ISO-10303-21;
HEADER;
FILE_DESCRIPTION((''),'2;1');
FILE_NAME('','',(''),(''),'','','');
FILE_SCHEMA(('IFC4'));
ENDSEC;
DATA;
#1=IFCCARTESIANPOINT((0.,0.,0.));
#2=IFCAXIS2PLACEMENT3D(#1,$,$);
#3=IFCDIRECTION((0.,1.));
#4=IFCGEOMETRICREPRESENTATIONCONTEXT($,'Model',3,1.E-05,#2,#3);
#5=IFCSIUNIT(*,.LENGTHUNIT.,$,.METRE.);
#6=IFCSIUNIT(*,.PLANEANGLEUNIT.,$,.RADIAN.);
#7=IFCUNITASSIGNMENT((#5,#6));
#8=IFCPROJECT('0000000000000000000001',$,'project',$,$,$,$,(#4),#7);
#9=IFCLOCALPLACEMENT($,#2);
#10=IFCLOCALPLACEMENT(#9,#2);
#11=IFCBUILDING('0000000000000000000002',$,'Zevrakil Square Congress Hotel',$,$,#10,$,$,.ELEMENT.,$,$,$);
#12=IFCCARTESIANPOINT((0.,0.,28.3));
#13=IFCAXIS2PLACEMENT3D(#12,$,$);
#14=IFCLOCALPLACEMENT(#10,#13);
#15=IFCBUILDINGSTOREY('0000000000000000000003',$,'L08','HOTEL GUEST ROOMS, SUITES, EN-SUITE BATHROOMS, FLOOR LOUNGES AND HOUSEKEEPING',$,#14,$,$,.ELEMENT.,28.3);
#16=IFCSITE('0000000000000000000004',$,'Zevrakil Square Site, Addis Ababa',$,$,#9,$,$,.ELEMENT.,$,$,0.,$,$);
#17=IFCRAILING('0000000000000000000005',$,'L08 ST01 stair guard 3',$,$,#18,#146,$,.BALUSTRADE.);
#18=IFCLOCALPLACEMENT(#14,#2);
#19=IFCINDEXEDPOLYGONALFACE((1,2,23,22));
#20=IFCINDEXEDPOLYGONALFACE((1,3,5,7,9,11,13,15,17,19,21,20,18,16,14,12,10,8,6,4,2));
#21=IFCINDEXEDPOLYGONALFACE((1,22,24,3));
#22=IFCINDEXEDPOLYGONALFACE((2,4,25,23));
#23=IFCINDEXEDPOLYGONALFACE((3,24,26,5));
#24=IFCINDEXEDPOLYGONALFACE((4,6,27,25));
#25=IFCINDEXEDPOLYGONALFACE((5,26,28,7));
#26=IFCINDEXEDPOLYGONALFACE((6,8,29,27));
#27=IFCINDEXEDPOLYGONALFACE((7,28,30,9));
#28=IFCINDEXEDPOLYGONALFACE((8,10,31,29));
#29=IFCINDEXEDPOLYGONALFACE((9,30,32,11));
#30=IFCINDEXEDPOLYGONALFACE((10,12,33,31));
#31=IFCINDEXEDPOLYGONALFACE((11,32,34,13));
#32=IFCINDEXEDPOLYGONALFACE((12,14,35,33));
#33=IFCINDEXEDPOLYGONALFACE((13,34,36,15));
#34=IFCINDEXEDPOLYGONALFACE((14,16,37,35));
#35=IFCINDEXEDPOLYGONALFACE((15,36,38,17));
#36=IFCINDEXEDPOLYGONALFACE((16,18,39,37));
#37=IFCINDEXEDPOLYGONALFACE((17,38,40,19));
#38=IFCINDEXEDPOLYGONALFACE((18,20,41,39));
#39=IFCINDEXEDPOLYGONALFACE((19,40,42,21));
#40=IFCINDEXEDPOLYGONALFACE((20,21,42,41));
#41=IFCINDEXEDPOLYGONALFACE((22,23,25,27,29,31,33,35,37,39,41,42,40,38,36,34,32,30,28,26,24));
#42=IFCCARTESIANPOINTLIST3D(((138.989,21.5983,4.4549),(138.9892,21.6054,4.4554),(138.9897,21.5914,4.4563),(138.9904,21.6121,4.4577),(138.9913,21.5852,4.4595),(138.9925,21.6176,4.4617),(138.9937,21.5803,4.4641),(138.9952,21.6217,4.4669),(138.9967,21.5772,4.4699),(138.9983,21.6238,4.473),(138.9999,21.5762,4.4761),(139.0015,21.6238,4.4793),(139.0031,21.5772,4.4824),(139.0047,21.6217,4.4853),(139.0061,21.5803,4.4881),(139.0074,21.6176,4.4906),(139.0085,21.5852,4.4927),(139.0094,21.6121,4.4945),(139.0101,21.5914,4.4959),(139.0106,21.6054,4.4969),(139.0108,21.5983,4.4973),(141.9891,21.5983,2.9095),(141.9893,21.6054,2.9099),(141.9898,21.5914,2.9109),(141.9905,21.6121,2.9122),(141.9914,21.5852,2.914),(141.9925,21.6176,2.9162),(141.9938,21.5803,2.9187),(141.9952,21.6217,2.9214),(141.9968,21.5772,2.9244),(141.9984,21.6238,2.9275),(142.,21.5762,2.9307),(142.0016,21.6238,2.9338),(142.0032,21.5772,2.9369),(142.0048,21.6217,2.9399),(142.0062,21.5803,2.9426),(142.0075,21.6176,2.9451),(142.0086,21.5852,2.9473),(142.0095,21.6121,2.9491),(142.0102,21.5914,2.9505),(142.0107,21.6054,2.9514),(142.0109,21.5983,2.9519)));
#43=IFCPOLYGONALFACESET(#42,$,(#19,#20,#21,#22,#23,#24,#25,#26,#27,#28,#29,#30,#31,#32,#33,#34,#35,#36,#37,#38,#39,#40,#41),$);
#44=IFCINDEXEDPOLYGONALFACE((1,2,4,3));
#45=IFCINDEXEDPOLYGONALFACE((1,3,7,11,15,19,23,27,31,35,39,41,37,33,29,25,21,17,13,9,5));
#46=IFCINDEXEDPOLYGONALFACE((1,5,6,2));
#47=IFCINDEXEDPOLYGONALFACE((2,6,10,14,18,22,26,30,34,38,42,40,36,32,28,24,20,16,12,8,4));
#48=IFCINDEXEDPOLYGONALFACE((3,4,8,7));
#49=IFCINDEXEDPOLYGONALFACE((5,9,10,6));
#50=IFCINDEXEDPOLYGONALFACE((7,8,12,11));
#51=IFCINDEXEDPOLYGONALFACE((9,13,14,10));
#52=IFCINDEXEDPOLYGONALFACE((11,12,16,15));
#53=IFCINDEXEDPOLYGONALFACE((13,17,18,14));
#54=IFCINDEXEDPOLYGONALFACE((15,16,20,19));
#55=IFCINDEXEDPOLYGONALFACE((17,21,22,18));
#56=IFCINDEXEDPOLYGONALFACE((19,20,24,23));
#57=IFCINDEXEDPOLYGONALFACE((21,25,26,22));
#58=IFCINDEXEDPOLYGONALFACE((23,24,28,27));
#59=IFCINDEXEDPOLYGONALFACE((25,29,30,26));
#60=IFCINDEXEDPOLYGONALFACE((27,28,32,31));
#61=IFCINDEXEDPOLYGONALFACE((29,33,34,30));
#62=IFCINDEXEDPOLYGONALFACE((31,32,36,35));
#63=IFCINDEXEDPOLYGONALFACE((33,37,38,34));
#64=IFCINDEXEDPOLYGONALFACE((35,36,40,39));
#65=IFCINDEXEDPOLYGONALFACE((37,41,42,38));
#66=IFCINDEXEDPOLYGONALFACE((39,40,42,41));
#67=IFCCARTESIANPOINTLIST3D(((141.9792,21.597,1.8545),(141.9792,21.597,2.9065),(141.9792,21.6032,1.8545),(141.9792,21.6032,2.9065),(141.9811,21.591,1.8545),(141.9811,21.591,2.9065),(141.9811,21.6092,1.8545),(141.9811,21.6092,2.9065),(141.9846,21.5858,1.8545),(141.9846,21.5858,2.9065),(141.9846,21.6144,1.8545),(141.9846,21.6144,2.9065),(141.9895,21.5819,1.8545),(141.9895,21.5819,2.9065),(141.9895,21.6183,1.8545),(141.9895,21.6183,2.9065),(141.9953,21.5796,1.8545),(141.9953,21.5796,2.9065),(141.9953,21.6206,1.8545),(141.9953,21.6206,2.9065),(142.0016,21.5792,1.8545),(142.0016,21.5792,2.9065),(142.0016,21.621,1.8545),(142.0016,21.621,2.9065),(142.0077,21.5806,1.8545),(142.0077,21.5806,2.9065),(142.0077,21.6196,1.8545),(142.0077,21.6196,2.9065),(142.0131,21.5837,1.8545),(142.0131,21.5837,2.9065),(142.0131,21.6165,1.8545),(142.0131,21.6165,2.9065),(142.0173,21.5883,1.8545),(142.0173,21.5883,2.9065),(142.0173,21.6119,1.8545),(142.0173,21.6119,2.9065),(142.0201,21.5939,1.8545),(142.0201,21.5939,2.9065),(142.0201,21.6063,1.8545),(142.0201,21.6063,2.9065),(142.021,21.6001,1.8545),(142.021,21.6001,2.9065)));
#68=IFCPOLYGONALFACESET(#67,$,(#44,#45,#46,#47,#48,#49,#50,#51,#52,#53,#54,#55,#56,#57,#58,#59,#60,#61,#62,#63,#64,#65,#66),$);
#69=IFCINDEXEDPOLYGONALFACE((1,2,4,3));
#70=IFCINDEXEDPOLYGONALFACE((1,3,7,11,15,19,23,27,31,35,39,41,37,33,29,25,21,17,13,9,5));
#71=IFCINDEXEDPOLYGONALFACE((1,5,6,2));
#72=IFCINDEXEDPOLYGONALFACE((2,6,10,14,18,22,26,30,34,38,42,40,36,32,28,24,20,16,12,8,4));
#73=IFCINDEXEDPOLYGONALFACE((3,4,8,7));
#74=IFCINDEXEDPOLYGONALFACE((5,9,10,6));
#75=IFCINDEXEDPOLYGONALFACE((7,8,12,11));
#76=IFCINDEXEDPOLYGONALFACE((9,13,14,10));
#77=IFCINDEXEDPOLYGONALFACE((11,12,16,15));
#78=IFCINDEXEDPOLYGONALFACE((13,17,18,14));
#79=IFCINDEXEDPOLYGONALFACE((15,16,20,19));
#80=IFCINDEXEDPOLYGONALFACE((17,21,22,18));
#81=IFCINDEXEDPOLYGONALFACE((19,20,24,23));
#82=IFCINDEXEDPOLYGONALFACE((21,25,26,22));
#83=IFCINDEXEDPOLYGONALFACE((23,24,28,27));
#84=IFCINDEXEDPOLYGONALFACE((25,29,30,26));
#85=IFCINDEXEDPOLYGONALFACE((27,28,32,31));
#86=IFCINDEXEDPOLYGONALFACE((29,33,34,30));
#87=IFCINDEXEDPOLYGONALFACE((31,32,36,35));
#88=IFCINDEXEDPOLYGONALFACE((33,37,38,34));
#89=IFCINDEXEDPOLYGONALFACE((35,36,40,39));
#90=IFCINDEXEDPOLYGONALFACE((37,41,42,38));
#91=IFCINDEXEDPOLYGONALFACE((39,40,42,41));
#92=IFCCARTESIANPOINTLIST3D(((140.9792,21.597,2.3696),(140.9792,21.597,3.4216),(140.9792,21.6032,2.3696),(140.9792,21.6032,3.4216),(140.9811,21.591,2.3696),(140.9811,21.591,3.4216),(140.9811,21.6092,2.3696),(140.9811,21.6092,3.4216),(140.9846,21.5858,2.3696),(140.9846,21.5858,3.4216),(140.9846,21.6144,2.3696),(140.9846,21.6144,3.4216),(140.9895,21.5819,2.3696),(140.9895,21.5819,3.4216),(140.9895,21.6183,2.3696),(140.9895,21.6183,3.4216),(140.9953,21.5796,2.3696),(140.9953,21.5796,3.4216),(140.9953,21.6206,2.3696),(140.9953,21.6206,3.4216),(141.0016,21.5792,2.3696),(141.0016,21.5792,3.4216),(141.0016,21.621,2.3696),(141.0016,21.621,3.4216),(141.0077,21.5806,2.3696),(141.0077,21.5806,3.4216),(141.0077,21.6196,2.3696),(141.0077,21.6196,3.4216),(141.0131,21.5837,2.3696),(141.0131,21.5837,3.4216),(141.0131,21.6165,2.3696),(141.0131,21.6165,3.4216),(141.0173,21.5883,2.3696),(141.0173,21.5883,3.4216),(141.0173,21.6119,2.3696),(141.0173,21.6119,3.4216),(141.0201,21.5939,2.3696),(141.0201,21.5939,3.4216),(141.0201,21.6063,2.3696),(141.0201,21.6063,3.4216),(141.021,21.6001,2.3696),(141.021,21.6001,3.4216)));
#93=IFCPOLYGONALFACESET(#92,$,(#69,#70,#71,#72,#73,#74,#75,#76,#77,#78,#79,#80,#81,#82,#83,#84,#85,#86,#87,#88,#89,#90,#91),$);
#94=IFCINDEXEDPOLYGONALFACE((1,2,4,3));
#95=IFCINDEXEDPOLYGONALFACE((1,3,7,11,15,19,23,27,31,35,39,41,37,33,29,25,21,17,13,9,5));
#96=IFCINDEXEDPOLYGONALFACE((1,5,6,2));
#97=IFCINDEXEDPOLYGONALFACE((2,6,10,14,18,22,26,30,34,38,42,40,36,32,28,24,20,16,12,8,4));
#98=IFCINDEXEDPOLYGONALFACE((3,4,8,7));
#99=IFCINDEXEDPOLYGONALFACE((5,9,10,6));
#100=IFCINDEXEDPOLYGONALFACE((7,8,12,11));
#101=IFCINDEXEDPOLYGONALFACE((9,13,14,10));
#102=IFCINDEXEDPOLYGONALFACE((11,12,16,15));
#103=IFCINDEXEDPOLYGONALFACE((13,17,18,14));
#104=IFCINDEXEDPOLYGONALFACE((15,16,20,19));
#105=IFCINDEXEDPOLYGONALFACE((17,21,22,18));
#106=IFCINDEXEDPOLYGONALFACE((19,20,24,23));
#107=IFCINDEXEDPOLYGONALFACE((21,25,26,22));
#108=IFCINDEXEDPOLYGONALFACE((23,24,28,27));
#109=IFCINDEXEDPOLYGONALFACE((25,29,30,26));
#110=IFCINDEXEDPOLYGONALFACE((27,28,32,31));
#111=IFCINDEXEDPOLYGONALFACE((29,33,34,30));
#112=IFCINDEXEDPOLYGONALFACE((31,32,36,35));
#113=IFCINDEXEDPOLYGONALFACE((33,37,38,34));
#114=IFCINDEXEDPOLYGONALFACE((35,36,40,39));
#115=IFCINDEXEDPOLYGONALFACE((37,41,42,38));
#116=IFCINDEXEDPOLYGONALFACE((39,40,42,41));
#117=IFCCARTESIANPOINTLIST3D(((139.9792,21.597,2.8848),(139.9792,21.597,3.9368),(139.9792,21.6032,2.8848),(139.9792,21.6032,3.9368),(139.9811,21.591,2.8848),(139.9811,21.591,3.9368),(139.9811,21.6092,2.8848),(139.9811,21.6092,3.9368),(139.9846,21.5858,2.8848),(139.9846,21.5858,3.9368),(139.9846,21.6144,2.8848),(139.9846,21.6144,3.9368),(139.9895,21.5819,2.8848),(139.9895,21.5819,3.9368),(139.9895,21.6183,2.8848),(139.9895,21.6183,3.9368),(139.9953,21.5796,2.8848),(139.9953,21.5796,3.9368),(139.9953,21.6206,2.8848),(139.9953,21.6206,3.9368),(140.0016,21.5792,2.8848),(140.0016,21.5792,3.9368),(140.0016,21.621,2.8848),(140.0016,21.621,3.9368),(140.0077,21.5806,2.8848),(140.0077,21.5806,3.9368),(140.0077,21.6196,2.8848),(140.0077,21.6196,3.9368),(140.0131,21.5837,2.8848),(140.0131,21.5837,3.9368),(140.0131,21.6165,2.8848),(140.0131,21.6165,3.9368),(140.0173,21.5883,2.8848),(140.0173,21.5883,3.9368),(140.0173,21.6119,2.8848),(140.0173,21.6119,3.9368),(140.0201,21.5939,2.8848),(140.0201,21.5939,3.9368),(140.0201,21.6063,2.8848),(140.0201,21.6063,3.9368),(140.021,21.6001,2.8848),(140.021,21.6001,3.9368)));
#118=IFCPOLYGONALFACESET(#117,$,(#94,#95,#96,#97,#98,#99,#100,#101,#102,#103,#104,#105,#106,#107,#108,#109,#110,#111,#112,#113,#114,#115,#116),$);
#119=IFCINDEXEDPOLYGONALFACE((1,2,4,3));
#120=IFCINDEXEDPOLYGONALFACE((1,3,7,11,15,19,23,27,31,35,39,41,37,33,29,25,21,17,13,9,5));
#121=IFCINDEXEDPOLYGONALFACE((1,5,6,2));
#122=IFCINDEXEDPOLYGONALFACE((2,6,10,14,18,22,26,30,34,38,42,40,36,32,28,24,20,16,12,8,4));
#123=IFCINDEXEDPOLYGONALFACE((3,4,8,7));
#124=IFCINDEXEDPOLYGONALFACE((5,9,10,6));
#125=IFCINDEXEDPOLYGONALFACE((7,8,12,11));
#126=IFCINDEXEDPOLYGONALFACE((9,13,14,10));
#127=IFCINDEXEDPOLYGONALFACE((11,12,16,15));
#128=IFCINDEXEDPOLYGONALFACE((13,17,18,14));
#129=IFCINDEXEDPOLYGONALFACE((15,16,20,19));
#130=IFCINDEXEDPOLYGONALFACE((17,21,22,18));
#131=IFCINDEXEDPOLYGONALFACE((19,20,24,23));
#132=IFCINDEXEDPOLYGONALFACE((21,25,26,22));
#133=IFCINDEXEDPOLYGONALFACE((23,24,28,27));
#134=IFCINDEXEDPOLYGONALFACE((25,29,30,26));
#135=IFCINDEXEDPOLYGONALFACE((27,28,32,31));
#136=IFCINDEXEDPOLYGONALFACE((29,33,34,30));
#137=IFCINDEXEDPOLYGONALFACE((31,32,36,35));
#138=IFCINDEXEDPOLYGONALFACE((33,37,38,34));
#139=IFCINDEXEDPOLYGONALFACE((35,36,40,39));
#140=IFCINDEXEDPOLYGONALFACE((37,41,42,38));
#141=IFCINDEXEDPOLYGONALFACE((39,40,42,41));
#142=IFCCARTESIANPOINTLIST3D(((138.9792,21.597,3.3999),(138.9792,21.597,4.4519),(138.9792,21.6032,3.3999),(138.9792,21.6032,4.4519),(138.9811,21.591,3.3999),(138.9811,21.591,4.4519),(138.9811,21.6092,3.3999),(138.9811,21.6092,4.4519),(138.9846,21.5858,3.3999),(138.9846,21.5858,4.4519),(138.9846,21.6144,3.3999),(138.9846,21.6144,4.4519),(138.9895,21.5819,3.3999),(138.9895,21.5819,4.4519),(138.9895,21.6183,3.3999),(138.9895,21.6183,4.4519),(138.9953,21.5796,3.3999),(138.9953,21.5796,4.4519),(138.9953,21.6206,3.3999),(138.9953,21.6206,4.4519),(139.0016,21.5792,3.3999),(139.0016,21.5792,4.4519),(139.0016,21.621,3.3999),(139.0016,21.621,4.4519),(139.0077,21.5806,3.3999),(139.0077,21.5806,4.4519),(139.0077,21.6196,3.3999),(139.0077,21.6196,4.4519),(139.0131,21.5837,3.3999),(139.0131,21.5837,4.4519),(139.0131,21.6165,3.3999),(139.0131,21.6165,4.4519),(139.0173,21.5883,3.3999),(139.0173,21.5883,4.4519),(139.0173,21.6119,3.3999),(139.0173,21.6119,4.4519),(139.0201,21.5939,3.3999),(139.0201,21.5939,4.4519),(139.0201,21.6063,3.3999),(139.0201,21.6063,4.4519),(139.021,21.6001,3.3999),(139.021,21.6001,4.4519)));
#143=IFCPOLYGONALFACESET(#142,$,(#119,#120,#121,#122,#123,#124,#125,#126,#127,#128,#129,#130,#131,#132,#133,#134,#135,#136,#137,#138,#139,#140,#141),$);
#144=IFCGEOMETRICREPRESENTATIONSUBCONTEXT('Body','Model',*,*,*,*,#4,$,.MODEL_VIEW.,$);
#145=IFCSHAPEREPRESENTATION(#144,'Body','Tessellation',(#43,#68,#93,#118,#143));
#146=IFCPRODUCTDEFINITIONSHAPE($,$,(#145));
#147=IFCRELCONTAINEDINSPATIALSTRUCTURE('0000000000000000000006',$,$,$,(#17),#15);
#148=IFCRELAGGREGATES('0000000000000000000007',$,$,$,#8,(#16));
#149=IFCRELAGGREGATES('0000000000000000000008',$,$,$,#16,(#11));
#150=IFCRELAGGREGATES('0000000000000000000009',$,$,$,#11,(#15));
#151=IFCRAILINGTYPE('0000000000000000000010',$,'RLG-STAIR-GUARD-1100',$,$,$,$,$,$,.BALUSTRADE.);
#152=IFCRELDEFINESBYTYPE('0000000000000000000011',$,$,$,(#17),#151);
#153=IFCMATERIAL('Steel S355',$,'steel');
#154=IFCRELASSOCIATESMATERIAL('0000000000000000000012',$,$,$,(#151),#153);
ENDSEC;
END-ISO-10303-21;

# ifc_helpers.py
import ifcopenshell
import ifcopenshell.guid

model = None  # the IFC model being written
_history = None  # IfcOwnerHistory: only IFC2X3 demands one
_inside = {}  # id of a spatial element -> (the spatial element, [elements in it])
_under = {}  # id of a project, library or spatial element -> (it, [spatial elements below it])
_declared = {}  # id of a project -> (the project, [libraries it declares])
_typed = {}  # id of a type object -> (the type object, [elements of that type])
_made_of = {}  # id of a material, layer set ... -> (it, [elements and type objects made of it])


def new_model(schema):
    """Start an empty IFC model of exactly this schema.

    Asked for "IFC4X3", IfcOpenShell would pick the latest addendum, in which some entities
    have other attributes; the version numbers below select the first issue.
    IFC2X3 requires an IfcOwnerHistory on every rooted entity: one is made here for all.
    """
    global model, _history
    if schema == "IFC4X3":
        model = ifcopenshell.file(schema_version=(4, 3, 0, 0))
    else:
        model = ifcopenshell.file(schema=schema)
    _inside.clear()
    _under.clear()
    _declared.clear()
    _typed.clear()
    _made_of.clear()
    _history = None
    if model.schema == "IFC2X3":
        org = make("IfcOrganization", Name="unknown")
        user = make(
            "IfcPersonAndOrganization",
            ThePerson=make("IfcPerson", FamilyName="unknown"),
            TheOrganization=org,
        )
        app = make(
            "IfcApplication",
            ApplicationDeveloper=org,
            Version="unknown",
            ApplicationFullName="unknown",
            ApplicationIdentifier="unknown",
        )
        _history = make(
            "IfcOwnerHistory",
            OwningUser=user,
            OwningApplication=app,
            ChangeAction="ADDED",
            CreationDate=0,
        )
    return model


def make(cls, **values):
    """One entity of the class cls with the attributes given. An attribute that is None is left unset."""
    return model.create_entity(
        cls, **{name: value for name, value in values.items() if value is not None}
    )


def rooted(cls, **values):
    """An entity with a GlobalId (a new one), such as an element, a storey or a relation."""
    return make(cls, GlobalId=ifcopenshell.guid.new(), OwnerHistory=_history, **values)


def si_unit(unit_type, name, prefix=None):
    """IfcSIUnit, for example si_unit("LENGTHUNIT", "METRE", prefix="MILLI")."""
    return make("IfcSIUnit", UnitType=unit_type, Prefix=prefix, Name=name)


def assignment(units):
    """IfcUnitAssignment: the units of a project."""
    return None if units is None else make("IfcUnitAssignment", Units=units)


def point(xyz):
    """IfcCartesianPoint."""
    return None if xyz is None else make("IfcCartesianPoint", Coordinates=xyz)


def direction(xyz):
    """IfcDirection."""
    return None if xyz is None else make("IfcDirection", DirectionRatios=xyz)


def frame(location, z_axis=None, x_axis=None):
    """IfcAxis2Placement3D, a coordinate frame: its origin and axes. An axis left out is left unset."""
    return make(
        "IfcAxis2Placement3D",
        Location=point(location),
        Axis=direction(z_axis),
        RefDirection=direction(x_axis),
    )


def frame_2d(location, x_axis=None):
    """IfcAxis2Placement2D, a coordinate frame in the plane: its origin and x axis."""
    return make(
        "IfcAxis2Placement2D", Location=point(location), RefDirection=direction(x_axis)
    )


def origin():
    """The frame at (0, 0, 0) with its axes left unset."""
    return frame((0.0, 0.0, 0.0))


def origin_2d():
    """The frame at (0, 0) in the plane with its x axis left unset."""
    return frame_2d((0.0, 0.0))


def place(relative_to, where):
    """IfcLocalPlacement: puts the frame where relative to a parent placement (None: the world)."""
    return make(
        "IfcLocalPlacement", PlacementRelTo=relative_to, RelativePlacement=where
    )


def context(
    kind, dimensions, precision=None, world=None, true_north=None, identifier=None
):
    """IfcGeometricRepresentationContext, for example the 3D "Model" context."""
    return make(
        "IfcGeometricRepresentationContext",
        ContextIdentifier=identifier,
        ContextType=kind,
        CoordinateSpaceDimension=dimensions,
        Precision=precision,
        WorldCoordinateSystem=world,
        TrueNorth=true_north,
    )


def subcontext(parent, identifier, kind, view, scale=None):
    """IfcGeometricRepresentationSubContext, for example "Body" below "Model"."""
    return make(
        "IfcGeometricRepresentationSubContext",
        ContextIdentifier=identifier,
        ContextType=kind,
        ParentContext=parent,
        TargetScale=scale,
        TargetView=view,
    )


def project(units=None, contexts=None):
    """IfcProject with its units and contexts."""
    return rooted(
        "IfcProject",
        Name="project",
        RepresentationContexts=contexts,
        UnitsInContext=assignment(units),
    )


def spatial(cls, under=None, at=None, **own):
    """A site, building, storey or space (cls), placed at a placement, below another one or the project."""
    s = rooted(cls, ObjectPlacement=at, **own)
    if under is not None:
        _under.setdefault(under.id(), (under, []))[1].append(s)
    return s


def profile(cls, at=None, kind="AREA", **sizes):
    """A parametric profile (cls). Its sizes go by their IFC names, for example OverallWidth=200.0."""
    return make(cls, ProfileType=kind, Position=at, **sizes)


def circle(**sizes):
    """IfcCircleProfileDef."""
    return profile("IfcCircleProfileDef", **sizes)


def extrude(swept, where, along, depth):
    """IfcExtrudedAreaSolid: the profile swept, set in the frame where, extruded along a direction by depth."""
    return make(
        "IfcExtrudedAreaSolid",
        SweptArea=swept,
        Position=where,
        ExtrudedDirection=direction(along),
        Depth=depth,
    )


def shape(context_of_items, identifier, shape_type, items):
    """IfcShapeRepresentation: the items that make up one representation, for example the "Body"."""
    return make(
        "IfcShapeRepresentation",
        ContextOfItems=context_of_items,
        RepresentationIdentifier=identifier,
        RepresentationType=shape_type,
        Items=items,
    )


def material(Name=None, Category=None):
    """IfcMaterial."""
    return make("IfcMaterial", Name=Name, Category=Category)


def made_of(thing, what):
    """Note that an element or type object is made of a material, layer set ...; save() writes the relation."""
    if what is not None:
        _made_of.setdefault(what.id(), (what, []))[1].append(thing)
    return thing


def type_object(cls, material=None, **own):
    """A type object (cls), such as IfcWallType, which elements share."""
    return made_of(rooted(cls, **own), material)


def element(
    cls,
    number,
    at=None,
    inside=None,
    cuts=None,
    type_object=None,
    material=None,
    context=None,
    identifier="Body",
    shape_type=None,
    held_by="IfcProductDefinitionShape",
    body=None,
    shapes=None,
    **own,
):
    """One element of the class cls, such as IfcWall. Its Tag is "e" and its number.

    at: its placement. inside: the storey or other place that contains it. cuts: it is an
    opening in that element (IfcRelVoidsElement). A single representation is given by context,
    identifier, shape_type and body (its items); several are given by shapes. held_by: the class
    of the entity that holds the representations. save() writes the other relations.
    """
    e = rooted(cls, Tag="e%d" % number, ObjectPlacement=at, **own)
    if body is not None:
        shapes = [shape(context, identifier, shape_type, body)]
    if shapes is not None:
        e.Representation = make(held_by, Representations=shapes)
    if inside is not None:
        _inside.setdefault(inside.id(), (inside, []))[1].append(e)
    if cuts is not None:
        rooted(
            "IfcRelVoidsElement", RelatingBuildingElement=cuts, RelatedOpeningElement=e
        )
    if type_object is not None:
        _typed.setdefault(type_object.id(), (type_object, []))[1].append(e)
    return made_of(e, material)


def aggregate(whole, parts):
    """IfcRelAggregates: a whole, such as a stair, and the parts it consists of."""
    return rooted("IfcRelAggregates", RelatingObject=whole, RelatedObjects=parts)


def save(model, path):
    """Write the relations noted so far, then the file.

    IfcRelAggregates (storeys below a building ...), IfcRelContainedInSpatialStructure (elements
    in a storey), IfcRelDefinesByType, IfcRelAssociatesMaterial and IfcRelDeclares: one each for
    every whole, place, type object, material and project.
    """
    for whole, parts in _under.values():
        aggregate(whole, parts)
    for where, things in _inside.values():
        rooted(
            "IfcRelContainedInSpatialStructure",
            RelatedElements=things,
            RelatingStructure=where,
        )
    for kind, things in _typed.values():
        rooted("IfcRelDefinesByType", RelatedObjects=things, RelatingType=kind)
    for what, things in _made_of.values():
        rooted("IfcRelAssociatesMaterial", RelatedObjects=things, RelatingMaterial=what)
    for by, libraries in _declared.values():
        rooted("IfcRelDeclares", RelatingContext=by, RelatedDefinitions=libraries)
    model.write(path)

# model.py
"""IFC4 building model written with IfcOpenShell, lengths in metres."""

from ifc_helpers import new_model, si_unit, direction, frame, origin, origin_2d, place, context, subcontext, project, spatial, circle, extrude, material, type_object, element, save


model = new_model("IFC4")

# Units and contexts
model_context = context("Model", 3, precision=1e-05, world=origin(), true_north=direction((0.0, 1.0)))
body_context = subcontext(model_context, "Body", "Model", "MODEL_VIEW")
ifc_project = project(units=[si_unit("LENGTHUNIT", "METRE"), si_unit("PLANEANGLEUNIT", "RADIAN")], contexts=[model_context])

# Site, building, storey
site_placement = place(None, origin())
site = spatial("IfcSite", under=ifc_project, at=site_placement, Name="Zevrakil Square Site, Addis Ababa", CompositionType="ELEMENT", RefElevation=0.0)
building_placement = place(site_placement, origin())
building = spatial("IfcBuilding", under=site, at=building_placement, Name="Zevrakil Square Congress Hotel", CompositionType="ELEMENT")
storey_placement = place(building_placement, frame((0.0, 0.0, 28.3)))
storey = spatial("IfcBuildingStorey", under=building, at=storey_placement, Name="L08", Description="HOTEL GUEST ROOMS, SUITES, EN-SUITE BATHROOMS, FLOOR LOUNGES AND HOUSEKEEPING", CompositionType="ELEMENT", Elevation=28.3)

# Railing
ifc_material_1 = material(Name="Steel S355", Category="steel")
railing_type_1 = type_object("IfcRailingType", Name="RLG-STAIR-GUARD-1100", PredefinedType="BALUSTRADE", material=ifc_material_1)
railing_1_placement = place(storey_placement, frame((142.0, 21.6001, 1.8545)))
element("IfcRailing", 1, at=railing_1_placement, inside=storey, type_object=railing_type_1, Name="L08 ST01 stair guard 3", PredefinedType="BALUSTRADE", context=body_context, shape_type="SweptSolid", body=[
    extrude(circle(Radius=0.0239, at=origin_2d()), frame((0.0, 0.0, 1.0762), z_axis=(-0.88898, 0.0, 0.457946), x_axis=(0.0, -1.0, 0.0)), (0.0, 0.0, 1.0), 3.3748),
    extrude(circle(Radius=0.021, at=origin_2d()), origin(), (0.0, 0.0, 1.0), 1.052),
    extrude(circle(Radius=0.021, at=origin_2d()), frame((-1.0, 0.0, 0.5151)), (0.0, 0.0, 1.0), 1.052),
    extrude(circle(Radius=0.021, at=origin_2d()), frame((-2.0, 0.0, 1.0303)), (0.0, 0.0, 1.0), 1.052),
    extrude(circle(Radius=0.021, at=origin_2d()), frame((-3.0, 0.0, 1.5454)), (0.0, 0.0, 1.0), 1.052),
])

save(model, "model.ifc")
